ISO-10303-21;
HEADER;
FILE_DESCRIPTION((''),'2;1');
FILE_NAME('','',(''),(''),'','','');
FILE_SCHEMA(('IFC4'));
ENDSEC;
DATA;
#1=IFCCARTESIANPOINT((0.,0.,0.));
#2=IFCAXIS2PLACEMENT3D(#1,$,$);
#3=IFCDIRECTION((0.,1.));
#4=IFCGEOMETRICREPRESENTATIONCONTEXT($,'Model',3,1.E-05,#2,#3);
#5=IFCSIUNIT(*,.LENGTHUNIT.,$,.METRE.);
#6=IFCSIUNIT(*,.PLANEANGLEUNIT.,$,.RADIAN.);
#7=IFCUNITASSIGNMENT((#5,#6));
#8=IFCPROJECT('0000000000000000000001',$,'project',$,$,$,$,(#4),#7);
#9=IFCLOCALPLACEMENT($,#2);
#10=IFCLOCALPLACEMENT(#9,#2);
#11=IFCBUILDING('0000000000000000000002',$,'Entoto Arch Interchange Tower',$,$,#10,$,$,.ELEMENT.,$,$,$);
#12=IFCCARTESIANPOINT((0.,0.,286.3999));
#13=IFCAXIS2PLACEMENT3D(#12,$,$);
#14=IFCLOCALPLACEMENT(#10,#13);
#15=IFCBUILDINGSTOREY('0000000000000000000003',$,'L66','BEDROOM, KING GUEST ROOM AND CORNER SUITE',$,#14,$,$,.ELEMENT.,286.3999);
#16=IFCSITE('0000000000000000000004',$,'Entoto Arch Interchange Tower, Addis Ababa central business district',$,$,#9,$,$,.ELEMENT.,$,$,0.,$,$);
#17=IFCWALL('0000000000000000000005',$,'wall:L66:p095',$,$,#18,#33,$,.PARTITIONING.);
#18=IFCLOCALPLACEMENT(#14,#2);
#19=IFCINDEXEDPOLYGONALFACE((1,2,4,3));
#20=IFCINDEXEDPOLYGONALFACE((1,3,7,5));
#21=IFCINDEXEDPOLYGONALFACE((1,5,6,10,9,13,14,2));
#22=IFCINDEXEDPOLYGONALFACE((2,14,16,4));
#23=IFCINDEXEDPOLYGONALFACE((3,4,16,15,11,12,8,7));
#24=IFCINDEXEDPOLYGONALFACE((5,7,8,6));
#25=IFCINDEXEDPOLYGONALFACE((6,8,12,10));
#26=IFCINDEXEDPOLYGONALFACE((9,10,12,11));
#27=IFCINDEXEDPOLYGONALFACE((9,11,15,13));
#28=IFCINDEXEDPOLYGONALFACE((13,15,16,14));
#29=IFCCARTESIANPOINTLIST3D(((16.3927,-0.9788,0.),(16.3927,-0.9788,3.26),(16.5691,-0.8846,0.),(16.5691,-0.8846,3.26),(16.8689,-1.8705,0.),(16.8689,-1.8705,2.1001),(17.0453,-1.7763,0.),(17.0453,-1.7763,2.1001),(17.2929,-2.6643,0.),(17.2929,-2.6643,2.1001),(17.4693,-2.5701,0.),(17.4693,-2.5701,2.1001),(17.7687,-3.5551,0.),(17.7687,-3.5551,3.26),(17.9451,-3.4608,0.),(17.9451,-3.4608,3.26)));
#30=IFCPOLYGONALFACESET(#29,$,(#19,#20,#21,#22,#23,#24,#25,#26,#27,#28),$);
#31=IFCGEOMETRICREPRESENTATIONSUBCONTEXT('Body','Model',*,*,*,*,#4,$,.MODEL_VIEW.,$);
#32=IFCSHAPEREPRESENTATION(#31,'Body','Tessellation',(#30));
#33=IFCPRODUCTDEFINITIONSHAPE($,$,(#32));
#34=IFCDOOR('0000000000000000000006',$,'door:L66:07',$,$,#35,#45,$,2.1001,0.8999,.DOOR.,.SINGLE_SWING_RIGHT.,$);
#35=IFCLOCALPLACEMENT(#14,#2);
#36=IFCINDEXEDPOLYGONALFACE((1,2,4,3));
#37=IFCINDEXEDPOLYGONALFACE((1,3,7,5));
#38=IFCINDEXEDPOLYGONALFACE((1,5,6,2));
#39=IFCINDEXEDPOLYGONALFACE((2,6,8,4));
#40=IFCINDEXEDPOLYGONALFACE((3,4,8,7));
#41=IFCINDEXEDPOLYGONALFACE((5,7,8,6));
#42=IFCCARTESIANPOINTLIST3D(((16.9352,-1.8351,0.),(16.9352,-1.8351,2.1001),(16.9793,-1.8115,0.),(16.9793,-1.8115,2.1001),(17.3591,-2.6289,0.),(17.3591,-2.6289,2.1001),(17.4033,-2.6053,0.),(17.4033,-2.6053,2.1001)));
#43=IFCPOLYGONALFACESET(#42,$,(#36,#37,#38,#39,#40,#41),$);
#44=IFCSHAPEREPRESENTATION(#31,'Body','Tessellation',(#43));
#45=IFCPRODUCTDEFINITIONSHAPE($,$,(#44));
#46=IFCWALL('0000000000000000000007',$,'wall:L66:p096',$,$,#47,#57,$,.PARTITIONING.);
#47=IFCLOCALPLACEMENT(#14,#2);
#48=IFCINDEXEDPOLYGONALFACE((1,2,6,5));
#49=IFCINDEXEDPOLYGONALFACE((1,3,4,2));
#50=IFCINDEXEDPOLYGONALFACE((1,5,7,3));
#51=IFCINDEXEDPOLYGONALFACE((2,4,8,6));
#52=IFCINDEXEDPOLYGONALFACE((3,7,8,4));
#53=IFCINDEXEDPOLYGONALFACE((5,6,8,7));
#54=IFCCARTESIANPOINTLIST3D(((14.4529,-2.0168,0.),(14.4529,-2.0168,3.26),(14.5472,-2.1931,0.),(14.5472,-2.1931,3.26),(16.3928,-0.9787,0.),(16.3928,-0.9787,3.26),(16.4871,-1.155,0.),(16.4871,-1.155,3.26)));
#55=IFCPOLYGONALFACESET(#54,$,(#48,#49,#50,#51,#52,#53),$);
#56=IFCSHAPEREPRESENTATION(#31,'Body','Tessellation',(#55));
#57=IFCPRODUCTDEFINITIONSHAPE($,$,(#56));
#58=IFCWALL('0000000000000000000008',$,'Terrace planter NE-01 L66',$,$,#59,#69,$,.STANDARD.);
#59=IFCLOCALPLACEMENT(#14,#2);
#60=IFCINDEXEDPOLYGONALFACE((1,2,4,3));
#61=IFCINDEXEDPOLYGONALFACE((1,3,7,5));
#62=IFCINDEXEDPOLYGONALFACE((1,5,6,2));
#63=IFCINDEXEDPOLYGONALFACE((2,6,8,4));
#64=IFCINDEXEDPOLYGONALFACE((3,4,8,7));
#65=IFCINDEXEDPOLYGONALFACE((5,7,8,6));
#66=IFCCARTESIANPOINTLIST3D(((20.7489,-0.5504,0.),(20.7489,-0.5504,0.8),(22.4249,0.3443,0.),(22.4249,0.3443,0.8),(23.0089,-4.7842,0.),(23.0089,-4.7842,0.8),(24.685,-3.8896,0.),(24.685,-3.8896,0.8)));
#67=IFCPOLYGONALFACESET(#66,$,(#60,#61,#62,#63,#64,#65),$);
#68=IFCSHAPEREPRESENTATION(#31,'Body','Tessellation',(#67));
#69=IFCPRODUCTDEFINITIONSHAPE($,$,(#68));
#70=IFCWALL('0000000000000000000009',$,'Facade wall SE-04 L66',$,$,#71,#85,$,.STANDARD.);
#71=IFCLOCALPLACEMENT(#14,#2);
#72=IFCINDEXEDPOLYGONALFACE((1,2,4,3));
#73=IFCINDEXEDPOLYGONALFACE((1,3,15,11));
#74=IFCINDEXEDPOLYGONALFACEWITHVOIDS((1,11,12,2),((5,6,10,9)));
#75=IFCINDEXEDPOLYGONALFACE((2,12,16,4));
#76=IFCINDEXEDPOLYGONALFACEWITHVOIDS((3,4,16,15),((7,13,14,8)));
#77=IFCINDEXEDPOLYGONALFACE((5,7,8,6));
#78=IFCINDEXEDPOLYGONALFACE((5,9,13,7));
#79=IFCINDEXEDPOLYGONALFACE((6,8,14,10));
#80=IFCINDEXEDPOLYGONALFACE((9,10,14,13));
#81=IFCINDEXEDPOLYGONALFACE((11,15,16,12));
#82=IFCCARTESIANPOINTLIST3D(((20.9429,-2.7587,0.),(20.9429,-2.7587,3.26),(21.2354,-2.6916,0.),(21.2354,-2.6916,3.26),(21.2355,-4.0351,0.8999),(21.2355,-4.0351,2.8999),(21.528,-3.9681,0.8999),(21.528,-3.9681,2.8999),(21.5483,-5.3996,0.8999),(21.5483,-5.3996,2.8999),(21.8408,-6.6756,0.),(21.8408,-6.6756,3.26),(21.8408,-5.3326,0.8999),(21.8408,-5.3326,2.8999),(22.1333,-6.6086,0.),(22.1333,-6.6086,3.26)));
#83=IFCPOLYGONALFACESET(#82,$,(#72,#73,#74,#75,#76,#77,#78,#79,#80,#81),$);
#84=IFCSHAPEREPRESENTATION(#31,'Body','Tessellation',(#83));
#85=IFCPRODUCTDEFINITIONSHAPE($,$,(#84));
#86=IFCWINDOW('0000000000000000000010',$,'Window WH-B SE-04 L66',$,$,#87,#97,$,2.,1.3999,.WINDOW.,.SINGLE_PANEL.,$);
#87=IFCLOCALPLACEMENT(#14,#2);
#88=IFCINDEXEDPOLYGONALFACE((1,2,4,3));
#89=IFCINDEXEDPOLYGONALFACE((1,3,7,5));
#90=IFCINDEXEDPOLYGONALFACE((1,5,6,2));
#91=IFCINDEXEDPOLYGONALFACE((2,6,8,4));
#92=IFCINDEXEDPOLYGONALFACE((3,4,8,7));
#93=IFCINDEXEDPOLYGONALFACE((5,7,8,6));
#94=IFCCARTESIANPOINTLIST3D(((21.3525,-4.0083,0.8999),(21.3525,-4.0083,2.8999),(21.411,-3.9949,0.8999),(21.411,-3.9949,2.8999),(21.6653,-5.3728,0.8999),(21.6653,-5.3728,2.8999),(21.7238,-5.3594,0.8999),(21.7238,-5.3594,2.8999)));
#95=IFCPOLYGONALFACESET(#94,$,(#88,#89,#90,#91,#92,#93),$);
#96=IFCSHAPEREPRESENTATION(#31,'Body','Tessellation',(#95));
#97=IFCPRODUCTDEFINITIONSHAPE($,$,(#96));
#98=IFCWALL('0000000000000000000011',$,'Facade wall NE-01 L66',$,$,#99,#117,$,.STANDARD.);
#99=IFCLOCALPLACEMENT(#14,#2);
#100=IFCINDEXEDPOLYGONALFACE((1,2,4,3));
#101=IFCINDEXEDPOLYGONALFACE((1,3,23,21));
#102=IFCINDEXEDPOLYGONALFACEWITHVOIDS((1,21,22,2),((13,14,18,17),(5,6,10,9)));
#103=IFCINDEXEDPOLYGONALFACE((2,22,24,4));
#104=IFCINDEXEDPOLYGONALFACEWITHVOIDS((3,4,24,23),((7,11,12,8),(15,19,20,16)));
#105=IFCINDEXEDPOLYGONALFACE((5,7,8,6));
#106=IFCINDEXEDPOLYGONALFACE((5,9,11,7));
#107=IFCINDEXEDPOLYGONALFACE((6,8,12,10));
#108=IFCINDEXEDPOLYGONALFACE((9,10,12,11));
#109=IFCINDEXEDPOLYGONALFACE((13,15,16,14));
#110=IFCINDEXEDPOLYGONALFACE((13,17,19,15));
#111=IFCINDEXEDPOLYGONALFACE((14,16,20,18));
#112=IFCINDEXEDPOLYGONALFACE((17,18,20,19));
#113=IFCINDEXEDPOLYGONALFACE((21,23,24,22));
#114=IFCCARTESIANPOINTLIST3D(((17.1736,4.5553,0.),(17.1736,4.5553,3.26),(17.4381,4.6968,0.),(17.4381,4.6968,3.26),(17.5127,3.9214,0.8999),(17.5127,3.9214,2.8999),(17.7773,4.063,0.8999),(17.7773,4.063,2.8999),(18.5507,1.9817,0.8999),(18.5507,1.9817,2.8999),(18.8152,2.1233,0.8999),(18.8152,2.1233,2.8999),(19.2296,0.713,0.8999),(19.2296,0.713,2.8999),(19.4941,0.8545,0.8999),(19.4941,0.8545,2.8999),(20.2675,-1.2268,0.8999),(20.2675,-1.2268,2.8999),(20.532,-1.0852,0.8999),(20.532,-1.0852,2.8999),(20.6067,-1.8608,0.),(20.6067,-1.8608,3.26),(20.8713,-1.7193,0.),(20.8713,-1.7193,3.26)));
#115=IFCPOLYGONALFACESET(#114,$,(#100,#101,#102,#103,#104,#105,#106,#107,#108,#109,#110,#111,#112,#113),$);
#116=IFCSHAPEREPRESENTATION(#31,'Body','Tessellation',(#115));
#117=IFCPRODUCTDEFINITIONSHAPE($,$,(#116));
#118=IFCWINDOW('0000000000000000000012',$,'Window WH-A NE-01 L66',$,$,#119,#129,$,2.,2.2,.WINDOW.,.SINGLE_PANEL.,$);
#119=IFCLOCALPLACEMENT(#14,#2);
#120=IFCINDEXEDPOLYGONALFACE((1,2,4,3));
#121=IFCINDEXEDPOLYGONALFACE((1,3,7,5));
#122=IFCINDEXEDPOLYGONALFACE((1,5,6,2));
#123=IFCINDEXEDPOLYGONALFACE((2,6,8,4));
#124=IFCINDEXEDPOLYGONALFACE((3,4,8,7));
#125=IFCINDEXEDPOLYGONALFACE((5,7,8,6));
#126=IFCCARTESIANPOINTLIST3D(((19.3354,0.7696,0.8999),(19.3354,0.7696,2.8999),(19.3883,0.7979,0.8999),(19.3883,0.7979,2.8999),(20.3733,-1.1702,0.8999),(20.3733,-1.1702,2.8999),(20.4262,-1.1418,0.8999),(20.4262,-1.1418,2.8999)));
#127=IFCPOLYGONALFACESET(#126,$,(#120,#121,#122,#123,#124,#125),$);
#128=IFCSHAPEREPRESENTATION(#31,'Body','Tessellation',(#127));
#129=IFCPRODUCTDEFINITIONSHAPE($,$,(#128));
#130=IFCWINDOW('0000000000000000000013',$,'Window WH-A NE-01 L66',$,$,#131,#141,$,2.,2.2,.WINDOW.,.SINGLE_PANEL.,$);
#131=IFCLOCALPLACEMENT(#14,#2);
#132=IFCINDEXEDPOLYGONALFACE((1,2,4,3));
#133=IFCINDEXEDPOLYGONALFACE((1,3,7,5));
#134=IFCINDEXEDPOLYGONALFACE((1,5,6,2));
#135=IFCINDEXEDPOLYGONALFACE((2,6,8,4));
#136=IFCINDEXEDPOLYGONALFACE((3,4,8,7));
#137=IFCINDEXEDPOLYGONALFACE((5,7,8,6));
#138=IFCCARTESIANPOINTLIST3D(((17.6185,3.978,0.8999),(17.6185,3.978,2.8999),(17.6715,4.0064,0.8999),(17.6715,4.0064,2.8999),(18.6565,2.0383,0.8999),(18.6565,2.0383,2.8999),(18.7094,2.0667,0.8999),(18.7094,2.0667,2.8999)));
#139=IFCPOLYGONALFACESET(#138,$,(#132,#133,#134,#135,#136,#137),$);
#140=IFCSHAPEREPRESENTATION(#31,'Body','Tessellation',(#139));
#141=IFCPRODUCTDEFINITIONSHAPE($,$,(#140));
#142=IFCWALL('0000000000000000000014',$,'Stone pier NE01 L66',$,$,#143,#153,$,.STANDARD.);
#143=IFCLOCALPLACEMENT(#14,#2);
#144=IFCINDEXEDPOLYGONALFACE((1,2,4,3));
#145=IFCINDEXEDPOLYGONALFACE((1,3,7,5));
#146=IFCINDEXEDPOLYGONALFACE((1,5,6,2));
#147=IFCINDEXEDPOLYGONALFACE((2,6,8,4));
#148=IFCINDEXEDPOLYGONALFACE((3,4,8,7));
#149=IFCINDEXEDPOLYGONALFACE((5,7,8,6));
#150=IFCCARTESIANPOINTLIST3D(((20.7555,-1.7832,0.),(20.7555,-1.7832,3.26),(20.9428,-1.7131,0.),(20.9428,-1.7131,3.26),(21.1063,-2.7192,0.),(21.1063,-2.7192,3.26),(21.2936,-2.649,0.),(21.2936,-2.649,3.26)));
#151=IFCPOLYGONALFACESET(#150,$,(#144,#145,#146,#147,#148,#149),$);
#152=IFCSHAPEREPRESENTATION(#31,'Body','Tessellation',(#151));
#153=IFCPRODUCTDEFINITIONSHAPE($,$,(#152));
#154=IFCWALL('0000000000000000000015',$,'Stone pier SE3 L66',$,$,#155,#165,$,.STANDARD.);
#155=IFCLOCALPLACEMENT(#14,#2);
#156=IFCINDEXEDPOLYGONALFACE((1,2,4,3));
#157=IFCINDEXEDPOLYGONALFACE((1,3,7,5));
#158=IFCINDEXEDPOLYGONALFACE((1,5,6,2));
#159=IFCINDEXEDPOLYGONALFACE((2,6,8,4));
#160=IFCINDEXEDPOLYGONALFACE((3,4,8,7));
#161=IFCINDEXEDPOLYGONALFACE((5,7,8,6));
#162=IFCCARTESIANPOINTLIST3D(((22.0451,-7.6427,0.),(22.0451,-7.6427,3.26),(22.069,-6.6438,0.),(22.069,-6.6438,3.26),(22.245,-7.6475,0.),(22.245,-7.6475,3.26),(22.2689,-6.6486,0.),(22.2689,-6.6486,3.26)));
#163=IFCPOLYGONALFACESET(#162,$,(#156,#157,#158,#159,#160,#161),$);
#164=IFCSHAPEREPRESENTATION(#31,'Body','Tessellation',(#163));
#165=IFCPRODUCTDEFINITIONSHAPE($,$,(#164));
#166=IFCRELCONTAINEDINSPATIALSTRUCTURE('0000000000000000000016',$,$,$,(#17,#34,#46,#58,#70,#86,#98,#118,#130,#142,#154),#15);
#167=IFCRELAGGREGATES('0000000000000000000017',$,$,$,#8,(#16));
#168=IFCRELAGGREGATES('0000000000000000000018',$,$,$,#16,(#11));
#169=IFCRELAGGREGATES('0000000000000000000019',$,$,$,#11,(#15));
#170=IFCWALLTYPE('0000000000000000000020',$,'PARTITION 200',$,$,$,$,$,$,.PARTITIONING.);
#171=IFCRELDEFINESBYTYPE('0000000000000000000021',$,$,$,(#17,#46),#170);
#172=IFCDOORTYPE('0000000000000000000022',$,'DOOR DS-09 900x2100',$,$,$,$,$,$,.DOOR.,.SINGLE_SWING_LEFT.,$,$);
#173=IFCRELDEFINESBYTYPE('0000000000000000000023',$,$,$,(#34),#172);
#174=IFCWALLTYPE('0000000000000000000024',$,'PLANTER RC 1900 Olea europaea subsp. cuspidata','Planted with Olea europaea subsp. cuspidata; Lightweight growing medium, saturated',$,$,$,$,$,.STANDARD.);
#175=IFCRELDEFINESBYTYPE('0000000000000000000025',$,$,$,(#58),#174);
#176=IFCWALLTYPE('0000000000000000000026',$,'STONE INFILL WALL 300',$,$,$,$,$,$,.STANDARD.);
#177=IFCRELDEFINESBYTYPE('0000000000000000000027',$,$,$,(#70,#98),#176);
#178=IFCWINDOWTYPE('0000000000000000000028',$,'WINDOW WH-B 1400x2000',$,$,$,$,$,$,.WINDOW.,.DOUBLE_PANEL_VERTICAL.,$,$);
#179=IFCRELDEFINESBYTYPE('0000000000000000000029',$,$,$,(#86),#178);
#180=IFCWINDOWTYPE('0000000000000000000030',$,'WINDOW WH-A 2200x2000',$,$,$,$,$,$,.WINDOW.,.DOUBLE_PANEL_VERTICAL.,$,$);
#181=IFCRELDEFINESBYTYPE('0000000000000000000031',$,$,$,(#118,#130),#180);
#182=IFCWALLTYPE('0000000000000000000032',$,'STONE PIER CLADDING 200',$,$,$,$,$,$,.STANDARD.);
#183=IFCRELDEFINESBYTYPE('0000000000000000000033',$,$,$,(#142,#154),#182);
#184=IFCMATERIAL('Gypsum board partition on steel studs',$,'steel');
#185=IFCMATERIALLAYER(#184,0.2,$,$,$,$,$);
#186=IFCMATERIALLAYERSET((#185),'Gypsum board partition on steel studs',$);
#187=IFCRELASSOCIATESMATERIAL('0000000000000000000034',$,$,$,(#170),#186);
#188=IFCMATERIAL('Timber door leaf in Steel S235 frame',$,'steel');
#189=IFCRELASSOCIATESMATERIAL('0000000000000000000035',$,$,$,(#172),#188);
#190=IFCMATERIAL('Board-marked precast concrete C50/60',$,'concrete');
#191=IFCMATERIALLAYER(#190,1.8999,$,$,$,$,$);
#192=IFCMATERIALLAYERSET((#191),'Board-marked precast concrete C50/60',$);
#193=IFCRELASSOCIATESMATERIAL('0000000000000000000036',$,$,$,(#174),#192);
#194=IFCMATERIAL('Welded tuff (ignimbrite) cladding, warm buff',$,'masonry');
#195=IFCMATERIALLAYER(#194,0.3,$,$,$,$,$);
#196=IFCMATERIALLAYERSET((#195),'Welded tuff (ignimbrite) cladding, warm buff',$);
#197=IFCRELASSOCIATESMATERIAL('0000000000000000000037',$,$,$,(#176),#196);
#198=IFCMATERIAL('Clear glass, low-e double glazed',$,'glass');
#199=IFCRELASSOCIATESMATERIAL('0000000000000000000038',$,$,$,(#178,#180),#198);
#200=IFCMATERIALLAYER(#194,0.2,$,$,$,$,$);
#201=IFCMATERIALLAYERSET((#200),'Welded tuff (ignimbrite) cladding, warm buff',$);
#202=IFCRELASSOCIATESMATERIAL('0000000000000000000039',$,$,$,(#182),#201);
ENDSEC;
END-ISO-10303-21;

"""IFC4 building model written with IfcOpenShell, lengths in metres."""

from ifc_helpers import new_model, si_unit, direction, frame, frame_2d, origin, place, context, subcontext, project, spatial, rectangle, extrude, material, layer, layer_set, type_object, element, fill, save


model = new_model("IFC4")

# Units and contexts
model_context = context("Model", 3, precision=1e-05, world=origin(), true_north=direction((0.0, 1.0)))
body_context = subcontext(model_context, "Body", "Model", "MODEL_VIEW")
ifc_project = project(units=[si_unit("LENGTHUNIT", "METRE"), si_unit("PLANEANGLEUNIT", "RADIAN")], contexts=[model_context])

# Site, building, storey
site_placement = place(None, origin())
site = spatial("IfcSite", under=ifc_project, at=site_placement, Name="Entoto Arch Interchange Tower, Addis Ababa central business district", CompositionType="ELEMENT", RefElevation=0.0)
building_placement = place(site_placement, origin())
building = spatial("IfcBuilding", under=site, at=building_placement, Name="Entoto Arch Interchange Tower", CompositionType="ELEMENT")
storey_placement = place(building_placement, frame((0.0, 0.0, 286.3999)))
storey = spatial("IfcBuildingStorey", under=building, at=storey_placement, Name="L66", Description="BEDROOM, KING GUEST ROOM AND CORNER SUITE", CompositionType="ELEMENT", Elevation=286.3999)

# Shared definitions
ifc_material_1 = material(Name="Gypsum board partition on steel studs", Category="steel")
ifc_layer_1 = layer(ifc_material_1, 0.2)
ifc_layer_set_1 = layer_set([ifc_layer_1], Name="Gypsum board partition on steel studs")
wall_type_1 = type_object("IfcWallType", Name="PARTITION 200", PredefinedType="PARTITIONING", material=ifc_layer_set_1)

# Shared definitions
ifc_material_2 = material(Name="Timber door leaf in Steel S235 frame", Category="steel")

# Wall, opening, door
wall_1_placement = place(storey_placement, frame((17.8569, -3.5081, 0.0), z_axis=(0.0, 0.0, 1.0), x_axis=(-0.471126, 0.882066, 0.0)))
wall_1 = element("IfcWall", 1, at=wall_1_placement, inside=storey, type_object=wall_type_1, Name="wall:L66:p095", PredefinedType="PARTITIONING", context=body_context, shape_type="SweptSolid", body=[
    extrude(rectangle(XDim=2.9207, YDim=0.2, at=frame_2d((1.4604, 0.0))), origin(), (0.0, 0.0, 1.0), 3.26),
])
opening_1_placement = place(wall_1_placement, frame((1.01, 0.0, 0.0)))
opening_1 = element("IfcOpeningElement", 2, at=opening_1_placement, cuts=wall_1, PredefinedType="OPENING", context=body_context, shape_type="SweptSolid", body=[
    extrude(rectangle(XDim=0.8999, YDim=2.1001, at=frame_2d((0.45, 1.05))), frame((0.0, 0.1099, 0.0), z_axis=(0.0, -1.0, 0.0), x_axis=(1.0, 0.0, 0.0)), (0.0, 0.0, 1.0), 0.22),
])
door_type_1 = type_object("IfcDoorType", Name="DOOR DS-09 900x2100", OperationType="SINGLE_SWING_LEFT", PredefinedType="DOOR", material=ifc_material_2)
door_1_placement = place(opening_1_placement, origin())
door_1 = element("IfcDoor", 3, at=door_1_placement, inside=storey, type_object=door_type_1, Name="door:L66:07", OperationType="SINGLE_SWING_RIGHT", OverallHeight=2.1001, OverallWidth=0.8999, PredefinedType="DOOR", context=body_context, shape_type="SweptSolid", body=[
    extrude(rectangle(XDim=0.8999, YDim=2.1001, at=frame_2d((0.45, 1.05))), frame((0.0, 0.0249, 0.0), z_axis=(0.0, -1.0, 0.0), x_axis=(1.0, 0.0, 0.0)), (0.0, 0.0, 1.0), 0.05),
])
fill(opening_1, door_1)

# Walls
wall_2_placement = place(storey_placement, frame((16.4399, -1.0669, 0.0), z_axis=(0.0, 0.0, 1.0), x_axis=(-0.881701, -0.471809, 0.0)))
element("IfcWall", 4, at=wall_2_placement, inside=storey, type_object=wall_type_1, Name="wall:L66:p096", PredefinedType="PARTITIONING", context=body_context, shape_type="SweptSolid", body=[
    extrude(rectangle(XDim=2.2002, YDim=0.2, at=frame_2d((1.1001, 0.0))), origin(), (0.0, 0.0, 1.0), 3.26),
])
ifc_material_3 = material(Name="Board-marked precast concrete C50/60", Category="concrete")
ifc_layer_2 = layer(ifc_material_3, 1.8999)
ifc_layer_set_2 = layer_set([ifc_layer_2], Name="Board-marked precast concrete C50/60")
wall_type_2 = type_object("IfcWallType", Name="PLANTER RC 1900 Olea europaea subsp. cuspidata", Description="Planted with Olea europaea subsp. cuspidata; Lightweight growing medium, saturated", PredefinedType="STANDARD", material=ifc_layer_set_2)
wall_3_placement = place(storey_placement, frame((23.8469, -4.3369, 0.0), z_axis=(0.0, 0.0, 1.0), x_axis=(-0.470902, 0.882185, 0.0)))
element("IfcWall", 5, at=wall_3_placement, inside=storey, type_object=wall_type_2, Name="Terrace planter NE-01 L66", PredefinedType="STANDARD", context=body_context, shape_type="SweptSolid", body=[
    extrude(rectangle(XDim=4.7993, YDim=1.8999, at=frame_2d((2.3997, 0.0))), origin(), (0.0, 0.0, 1.0), 0.8),
])

# Wall, opening, window
ifc_material_4 = material(Name="Welded tuff (ignimbrite) cladding, warm buff", Category="masonry")
ifc_layer_3 = layer(ifc_material_4, 0.3)
ifc_layer_set_3 = layer_set([ifc_layer_3], Name="Welded tuff (ignimbrite) cladding, warm buff")
wall_type_3 = type_object("IfcWallType", Name="STONE INFILL WALL 300", PredefinedType="STANDARD", material=ifc_layer_set_3)
wall_4_placement = place(storey_placement, frame((21.9871, -6.6421, 0.0), z_axis=(0.0, 0.0, 1.0), x_axis=(-0.223448, 0.974716, 0.0)))
wall_4 = element("IfcWall", 6, at=wall_4_placement, inside=storey, type_object=wall_type_3, Name="Facade wall SE-04 L66", PredefinedType="STANDARD", context=body_context, shape_type="SweptSolid", body=[
    extrude(rectangle(XDim=4.0186, YDim=0.3, at=frame_2d((2.0093, 0.0))), origin(), (0.0, 0.0, 1.0), 3.26),
])
opening_2_placement = place(wall_4_placement, frame((1.3091, 0.0, 0.8999)))
opening_2 = element("IfcOpeningElement", 7, at=opening_2_placement, cuts=wall_4, PredefinedType="OPENING", context=body_context, shape_type="SweptSolid", body=[
    extrude(rectangle(XDim=1.3999, YDim=2.0, at=frame_2d((0.7, 1.0))), frame((0.0, 0.1602, 0.0), z_axis=(0.0, -1.0, 0.0), x_axis=(1.0, 0.0, 0.0)), (0.0, 0.0, 1.0), 0.3201),
])
ifc_material_5 = material(Name="Clear glass, low-e double glazed", Category="glass")
window_type_1 = type_object("IfcWindowType", Name="WINDOW WH-B 1400x2000", PartitioningType="DOUBLE_PANEL_VERTICAL", PredefinedType="WINDOW", material=ifc_material_5)
window_1_placement = place(opening_2_placement, origin())
window_1 = element("IfcWindow", 8, at=window_1_placement, inside=storey, type_object=window_type_1, Name="Window WH-B SE-04 L66", OverallHeight=2.0, OverallWidth=1.3999, PartitioningType="SINGLE_PANEL", PredefinedType="WINDOW", context=body_context, shape_type="SweptSolid", body=[
    extrude(rectangle(XDim=1.3999, YDim=2.0, at=frame_2d((0.7, 1.0))), frame((0.0, 0.03, 0.0), z_axis=(0.0, -1.0, 0.0), x_axis=(1.0, 0.0, 0.0)), (0.0, 0.0, 1.0), 0.0601),
])
fill(opening_2, window_1)

# Wall, openings, windows
wall_5_placement = place(storey_placement, frame((20.739, -1.79, 0.0), z_axis=(0.0, 0.0, 1.0), x_axis=(-0.471789, 0.881711, 0.0)))
wall_5 = element("IfcWall", 9, at=wall_5_placement, inside=storey, type_object=wall_type_3, Name="Facade wall NE-01 L66", PredefinedType="STANDARD", context=body_context, shape_type="SweptSolid", body=[
    extrude(rectangle(XDim=7.2769, YDim=0.3, at=frame_2d((3.6384, 0.0))), origin(), (0.0, 0.0, 1.0), 3.26),
])
opening_3_placement = place(wall_5_placement, frame((0.719, 0.0, 0.8999)))
opening_3 = element("IfcOpeningElement", 10, at=opening_3_placement, cuts=wall_5, PredefinedType="OPENING", context=body_context, shape_type="SweptSolid", body=[
    extrude(rectangle(XDim=2.2, YDim=2.0, at=frame_2d((1.1001, 1.0))), frame((0.0, 0.1602, 0.0), z_axis=(0.0, -1.0, 0.0), x_axis=(1.0, 0.0, 0.0)), (0.0, 0.0, 1.0), 0.3201),
])
opening_4_placement = place(wall_5_placement, frame((4.3579, 0.0, 0.8999)))
opening_4 = element("IfcOpeningElement", 11, at=opening_4_placement, cuts=wall_5, PredefinedType="OPENING", context=body_context, shape_type="SweptSolid", body=[
    extrude(rectangle(XDim=2.2, YDim=2.0, at=frame_2d((1.1001, 1.0))), frame((0.0, 0.1602, 0.0), z_axis=(0.0, -1.0, 0.0), x_axis=(1.0, 0.0, 0.0)), (0.0, 0.0, 1.0), 0.3201),
])
window_type_2 = type_object("IfcWindowType", Name="WINDOW WH-A 2200x2000", PartitioningType="DOUBLE_PANEL_VERTICAL", PredefinedType="WINDOW", material=ifc_material_5)
window_2_placement = place(opening_3_placement, origin())
window_2 = element("IfcWindow", 12, at=window_2_placement, inside=storey, type_object=window_type_2, Name="Window WH-A NE-01 L66", OverallHeight=2.0, OverallWidth=2.2, PartitioningType="SINGLE_PANEL", PredefinedType="WINDOW", context=body_context, shape_type="SweptSolid", body=[
    extrude(rectangle(XDim=2.2, YDim=2.0, at=frame_2d((1.1001, 1.0))), frame((0.0, 0.03, 0.0), z_axis=(0.0, -1.0, 0.0), x_axis=(1.0, 0.0, 0.0)), (0.0, 0.0, 1.0), 0.0601),
])
fill(opening_3, window_2)
window_3_placement = place(opening_4_placement, origin())
window_3 = element("IfcWindow", 13, at=window_3_placement, inside=storey, type_object=window_type_2, Name="Window WH-A NE-01 L66", OverallHeight=2.0, OverallWidth=2.2, PartitioningType="SINGLE_PANEL", PredefinedType="WINDOW", context=body_context, shape_type="SweptSolid", body=[
    extrude(rectangle(XDim=2.2, YDim=2.0, at=frame_2d((1.1001, 1.0))), frame((0.0, 0.03, 0.0), z_axis=(0.0, -1.0, 0.0), x_axis=(1.0, 0.0, 0.0)), (0.0, 0.0, 1.0), 0.0601),
])
fill(opening_4, window_3)

# Walls
ifc_layer_4 = layer(ifc_material_4, 0.2)
ifc_layer_set_4 = layer_set([ifc_layer_4], Name="Welded tuff (ignimbrite) cladding, warm buff")
wall_type_4 = type_object("IfcWallType", Name="STONE PIER CLADDING 200", PredefinedType="STANDARD", material=ifc_layer_set_4)
wall_6_placement = place(storey_placement, frame((21.2, -2.6841, 0.0), z_axis=(0.0, 0.0, 1.0), x_axis=(-0.350963, 0.936389, 0.0)))
element("IfcWall", 14, at=wall_6_placement, inside=storey, type_object=wall_type_4, Name="Stone pier NE01 L66", PredefinedType="STANDARD", context=body_context, shape_type="SweptSolid", body=[
    extrude(rectangle(XDim=0.9995, YDim=0.2, at=frame_2d((0.4998, 0.0))), origin(), (0.0, 0.0, 1.0), 3.26),
])
wall_7_placement = place(storey_placement, frame((22.145, -7.645, 0.0), z_axis=(0.0, 0.0, 1.0), x_axis=(0.023942, 0.999713, 0.0)))
element("IfcWall", 15, at=wall_7_placement, inside=storey, type_object=wall_type_4, Name="Stone pier SE3 L66", PredefinedType="STANDARD", context=body_context, shape_type="SweptSolid", body=[
    extrude(rectangle(XDim=0.9993, YDim=0.2, at=frame_2d((0.4995, 0.0))), origin(), (0.0, 0.0, 1.0), 3.26),
])

save(model, "model.ifc")
